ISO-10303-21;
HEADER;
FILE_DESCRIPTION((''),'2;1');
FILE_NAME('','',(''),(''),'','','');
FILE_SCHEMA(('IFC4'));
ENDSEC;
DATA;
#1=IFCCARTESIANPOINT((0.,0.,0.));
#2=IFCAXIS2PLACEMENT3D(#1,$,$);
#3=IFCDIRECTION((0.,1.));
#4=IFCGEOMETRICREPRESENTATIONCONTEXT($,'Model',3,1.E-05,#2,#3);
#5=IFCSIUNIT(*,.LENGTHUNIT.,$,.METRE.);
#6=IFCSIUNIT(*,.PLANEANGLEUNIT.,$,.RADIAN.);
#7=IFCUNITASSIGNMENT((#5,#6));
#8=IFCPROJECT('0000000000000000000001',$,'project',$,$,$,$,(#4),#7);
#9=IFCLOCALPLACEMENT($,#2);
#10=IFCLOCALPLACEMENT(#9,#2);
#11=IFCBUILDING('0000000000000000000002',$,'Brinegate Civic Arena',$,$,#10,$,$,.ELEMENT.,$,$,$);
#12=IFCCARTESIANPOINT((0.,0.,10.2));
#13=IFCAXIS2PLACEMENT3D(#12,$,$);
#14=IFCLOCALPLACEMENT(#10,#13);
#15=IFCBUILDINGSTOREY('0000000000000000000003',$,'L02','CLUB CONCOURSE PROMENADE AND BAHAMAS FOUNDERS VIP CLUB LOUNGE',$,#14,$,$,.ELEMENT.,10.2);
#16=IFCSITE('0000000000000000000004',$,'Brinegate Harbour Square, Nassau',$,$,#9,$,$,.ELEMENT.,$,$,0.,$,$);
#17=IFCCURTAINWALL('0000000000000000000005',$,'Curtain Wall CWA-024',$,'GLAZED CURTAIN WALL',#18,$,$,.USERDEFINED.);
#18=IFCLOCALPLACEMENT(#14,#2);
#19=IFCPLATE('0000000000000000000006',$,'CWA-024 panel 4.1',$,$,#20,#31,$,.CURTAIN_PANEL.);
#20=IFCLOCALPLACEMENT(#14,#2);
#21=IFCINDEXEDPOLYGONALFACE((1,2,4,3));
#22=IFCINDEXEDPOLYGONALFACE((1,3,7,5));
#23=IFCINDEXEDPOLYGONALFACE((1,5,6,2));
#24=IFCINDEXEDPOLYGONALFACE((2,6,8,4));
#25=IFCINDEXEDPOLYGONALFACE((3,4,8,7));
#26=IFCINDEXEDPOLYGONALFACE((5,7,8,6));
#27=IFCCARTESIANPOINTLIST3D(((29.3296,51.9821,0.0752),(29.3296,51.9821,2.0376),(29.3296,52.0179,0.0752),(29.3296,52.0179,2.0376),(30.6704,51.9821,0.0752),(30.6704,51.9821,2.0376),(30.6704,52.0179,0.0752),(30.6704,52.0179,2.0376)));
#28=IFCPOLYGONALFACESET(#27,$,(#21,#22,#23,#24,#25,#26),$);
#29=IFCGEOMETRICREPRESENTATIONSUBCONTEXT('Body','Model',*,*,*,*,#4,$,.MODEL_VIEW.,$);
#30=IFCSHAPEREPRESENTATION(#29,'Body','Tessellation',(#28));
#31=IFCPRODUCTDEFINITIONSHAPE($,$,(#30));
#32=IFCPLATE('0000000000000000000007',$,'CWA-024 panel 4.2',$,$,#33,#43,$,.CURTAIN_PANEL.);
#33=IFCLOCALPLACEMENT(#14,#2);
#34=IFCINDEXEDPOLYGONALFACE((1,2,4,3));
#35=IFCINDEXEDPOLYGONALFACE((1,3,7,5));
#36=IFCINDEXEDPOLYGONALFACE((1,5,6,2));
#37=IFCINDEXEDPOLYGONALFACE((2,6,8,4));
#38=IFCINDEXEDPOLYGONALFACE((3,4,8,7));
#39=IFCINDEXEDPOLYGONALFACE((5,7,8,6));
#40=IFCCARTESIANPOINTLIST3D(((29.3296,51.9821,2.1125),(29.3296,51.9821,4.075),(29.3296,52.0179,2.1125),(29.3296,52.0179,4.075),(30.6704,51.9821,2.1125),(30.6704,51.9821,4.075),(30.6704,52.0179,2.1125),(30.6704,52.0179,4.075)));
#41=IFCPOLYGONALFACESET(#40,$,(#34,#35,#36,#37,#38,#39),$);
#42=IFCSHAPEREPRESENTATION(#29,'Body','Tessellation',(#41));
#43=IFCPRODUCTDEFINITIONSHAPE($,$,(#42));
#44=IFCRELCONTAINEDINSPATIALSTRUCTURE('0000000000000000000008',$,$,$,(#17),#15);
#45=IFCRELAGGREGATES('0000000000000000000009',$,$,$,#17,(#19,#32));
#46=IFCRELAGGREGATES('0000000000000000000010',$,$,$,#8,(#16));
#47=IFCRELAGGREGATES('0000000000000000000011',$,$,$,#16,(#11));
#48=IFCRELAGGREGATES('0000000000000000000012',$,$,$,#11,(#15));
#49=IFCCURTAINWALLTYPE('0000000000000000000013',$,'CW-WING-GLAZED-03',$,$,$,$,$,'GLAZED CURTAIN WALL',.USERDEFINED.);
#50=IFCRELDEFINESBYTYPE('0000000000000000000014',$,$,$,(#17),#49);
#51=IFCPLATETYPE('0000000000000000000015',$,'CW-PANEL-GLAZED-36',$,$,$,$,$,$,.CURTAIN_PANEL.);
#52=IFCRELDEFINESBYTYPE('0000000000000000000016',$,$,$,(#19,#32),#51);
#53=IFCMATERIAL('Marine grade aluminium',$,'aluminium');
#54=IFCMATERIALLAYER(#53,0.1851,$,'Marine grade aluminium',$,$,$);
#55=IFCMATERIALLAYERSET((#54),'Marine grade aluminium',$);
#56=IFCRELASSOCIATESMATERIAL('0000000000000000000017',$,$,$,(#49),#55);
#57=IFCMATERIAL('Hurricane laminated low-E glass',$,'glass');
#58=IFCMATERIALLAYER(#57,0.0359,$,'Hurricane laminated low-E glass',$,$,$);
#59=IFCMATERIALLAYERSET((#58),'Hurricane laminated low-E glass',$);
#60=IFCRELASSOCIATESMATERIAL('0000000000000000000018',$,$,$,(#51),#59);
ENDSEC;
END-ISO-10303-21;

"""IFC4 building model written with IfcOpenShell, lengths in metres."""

from ifc_helpers import new_model, si_unit, direction, frame, origin, origin_2d, place, context, subcontext, project, spatial, rectangle, extrude, material, layer, layer_set, type_object, element, aggregate, save


model = new_model("IFC4")

# Units and contexts
model_context = context("Model", 3, precision=1e-05, world=origin(), true_north=direction((0.0, 1.0)))
body_context = subcontext(model_context, "Body", "Model", "MODEL_VIEW")
ifc_project = project(units=[si_unit("LENGTHUNIT", "METRE"), si_unit("PLANEANGLEUNIT", "RADIAN")], contexts=[model_context])

# Site, building, storey
site_placement = place(None, origin())
site = spatial("IfcSite", under=ifc_project, at=site_placement, Name="Brinegate Harbour Square, Nassau", CompositionType="ELEMENT", RefElevation=0.0)
building_placement = place(site_placement, origin())
building = spatial("IfcBuilding", under=site, at=building_placement, Name="Brinegate Civic Arena", CompositionType="ELEMENT")
storey_placement = place(building_placement, frame((0.0, 0.0, 10.2)))
storey = spatial("IfcBuildingStorey", under=building, at=storey_placement, Name="L02", Description="CLUB CONCOURSE PROMENADE AND BAHAMAS FOUNDERS VIP CLUB LOUNGE", CompositionType="ELEMENT", Elevation=10.2)

# Shared definitions
ifc_material_1 = material(Name="Marine grade aluminium", Category="aluminium")
ifc_layer_1 = layer(ifc_material_1, 0.1851, Name="Marine grade aluminium")
ifc_layer_set_1 = layer_set([ifc_layer_1], Name="Marine grade aluminium")
curtain_wall_type_1 = type_object("IfcCurtainWallType", Name="CW-WING-GLAZED-03", ElementType="GLAZED CURTAIN WALL", PredefinedType="USERDEFINED", material=ifc_layer_set_1)

# Curtain wall
curtain_wall_1_placement = place(storey_placement, origin())
curtain_wall_1 = element("IfcCurtainWall", 1, at=curtain_wall_1_placement, inside=storey, type_object=curtain_wall_type_1, Name="Curtain Wall CWA-024", ObjectType="GLAZED CURTAIN WALL", PredefinedType="USERDEFINED")

# Plates
ifc_material_2 = material(Name="Hurricane laminated low-E glass", Category="glass")
ifc_layer_2 = layer(ifc_material_2, 0.0359, Name="Hurricane laminated low-E glass")
ifc_layer_set_2 = layer_set([ifc_layer_2], Name="Hurricane laminated low-E glass")
plate_type_1 = type_object("IfcPlateType", Name="CW-PANEL-GLAZED-36", PredefinedType="CURTAIN_PANEL", material=ifc_layer_set_2)
plate_1_placement = place(storey_placement, frame((30.0, 52.0, 0.0752), z_axis=(0.0, 0.0, 1.0), x_axis=(1.0, 0.0, 0.0)))
plate_1 = element("IfcPlate", 2, at=plate_1_placement, type_object=plate_type_1, Name="CWA-024 panel 4.1", PredefinedType="CURTAIN_PANEL", context=body_context, shape_type="SweptSolid", body=[
    extrude(rectangle(XDim=1.3408, YDim=0.0359, at=origin_2d()), origin(), (0.0, 0.0, 1.0), 1.9624),
])
plate_2_placement = place(storey_placement, frame((30.0, 52.0, 2.1125), z_axis=(0.0, 0.0, 1.0), x_axis=(1.0, 0.0, 0.0)))
plate_2 = element("IfcPlate", 3, at=plate_2_placement, type_object=plate_type_1, Name="CWA-024 panel 4.2", PredefinedType="CURTAIN_PANEL", context=body_context, shape_type="SweptSolid", body=[
    extrude(rectangle(XDim=1.3408, YDim=0.0359, at=origin_2d()), origin(), (0.0, 0.0, 1.0), 1.9624),
])
aggregate(curtain_wall_1, [plate_1, plate_2])

save(model, "model.ifc")
